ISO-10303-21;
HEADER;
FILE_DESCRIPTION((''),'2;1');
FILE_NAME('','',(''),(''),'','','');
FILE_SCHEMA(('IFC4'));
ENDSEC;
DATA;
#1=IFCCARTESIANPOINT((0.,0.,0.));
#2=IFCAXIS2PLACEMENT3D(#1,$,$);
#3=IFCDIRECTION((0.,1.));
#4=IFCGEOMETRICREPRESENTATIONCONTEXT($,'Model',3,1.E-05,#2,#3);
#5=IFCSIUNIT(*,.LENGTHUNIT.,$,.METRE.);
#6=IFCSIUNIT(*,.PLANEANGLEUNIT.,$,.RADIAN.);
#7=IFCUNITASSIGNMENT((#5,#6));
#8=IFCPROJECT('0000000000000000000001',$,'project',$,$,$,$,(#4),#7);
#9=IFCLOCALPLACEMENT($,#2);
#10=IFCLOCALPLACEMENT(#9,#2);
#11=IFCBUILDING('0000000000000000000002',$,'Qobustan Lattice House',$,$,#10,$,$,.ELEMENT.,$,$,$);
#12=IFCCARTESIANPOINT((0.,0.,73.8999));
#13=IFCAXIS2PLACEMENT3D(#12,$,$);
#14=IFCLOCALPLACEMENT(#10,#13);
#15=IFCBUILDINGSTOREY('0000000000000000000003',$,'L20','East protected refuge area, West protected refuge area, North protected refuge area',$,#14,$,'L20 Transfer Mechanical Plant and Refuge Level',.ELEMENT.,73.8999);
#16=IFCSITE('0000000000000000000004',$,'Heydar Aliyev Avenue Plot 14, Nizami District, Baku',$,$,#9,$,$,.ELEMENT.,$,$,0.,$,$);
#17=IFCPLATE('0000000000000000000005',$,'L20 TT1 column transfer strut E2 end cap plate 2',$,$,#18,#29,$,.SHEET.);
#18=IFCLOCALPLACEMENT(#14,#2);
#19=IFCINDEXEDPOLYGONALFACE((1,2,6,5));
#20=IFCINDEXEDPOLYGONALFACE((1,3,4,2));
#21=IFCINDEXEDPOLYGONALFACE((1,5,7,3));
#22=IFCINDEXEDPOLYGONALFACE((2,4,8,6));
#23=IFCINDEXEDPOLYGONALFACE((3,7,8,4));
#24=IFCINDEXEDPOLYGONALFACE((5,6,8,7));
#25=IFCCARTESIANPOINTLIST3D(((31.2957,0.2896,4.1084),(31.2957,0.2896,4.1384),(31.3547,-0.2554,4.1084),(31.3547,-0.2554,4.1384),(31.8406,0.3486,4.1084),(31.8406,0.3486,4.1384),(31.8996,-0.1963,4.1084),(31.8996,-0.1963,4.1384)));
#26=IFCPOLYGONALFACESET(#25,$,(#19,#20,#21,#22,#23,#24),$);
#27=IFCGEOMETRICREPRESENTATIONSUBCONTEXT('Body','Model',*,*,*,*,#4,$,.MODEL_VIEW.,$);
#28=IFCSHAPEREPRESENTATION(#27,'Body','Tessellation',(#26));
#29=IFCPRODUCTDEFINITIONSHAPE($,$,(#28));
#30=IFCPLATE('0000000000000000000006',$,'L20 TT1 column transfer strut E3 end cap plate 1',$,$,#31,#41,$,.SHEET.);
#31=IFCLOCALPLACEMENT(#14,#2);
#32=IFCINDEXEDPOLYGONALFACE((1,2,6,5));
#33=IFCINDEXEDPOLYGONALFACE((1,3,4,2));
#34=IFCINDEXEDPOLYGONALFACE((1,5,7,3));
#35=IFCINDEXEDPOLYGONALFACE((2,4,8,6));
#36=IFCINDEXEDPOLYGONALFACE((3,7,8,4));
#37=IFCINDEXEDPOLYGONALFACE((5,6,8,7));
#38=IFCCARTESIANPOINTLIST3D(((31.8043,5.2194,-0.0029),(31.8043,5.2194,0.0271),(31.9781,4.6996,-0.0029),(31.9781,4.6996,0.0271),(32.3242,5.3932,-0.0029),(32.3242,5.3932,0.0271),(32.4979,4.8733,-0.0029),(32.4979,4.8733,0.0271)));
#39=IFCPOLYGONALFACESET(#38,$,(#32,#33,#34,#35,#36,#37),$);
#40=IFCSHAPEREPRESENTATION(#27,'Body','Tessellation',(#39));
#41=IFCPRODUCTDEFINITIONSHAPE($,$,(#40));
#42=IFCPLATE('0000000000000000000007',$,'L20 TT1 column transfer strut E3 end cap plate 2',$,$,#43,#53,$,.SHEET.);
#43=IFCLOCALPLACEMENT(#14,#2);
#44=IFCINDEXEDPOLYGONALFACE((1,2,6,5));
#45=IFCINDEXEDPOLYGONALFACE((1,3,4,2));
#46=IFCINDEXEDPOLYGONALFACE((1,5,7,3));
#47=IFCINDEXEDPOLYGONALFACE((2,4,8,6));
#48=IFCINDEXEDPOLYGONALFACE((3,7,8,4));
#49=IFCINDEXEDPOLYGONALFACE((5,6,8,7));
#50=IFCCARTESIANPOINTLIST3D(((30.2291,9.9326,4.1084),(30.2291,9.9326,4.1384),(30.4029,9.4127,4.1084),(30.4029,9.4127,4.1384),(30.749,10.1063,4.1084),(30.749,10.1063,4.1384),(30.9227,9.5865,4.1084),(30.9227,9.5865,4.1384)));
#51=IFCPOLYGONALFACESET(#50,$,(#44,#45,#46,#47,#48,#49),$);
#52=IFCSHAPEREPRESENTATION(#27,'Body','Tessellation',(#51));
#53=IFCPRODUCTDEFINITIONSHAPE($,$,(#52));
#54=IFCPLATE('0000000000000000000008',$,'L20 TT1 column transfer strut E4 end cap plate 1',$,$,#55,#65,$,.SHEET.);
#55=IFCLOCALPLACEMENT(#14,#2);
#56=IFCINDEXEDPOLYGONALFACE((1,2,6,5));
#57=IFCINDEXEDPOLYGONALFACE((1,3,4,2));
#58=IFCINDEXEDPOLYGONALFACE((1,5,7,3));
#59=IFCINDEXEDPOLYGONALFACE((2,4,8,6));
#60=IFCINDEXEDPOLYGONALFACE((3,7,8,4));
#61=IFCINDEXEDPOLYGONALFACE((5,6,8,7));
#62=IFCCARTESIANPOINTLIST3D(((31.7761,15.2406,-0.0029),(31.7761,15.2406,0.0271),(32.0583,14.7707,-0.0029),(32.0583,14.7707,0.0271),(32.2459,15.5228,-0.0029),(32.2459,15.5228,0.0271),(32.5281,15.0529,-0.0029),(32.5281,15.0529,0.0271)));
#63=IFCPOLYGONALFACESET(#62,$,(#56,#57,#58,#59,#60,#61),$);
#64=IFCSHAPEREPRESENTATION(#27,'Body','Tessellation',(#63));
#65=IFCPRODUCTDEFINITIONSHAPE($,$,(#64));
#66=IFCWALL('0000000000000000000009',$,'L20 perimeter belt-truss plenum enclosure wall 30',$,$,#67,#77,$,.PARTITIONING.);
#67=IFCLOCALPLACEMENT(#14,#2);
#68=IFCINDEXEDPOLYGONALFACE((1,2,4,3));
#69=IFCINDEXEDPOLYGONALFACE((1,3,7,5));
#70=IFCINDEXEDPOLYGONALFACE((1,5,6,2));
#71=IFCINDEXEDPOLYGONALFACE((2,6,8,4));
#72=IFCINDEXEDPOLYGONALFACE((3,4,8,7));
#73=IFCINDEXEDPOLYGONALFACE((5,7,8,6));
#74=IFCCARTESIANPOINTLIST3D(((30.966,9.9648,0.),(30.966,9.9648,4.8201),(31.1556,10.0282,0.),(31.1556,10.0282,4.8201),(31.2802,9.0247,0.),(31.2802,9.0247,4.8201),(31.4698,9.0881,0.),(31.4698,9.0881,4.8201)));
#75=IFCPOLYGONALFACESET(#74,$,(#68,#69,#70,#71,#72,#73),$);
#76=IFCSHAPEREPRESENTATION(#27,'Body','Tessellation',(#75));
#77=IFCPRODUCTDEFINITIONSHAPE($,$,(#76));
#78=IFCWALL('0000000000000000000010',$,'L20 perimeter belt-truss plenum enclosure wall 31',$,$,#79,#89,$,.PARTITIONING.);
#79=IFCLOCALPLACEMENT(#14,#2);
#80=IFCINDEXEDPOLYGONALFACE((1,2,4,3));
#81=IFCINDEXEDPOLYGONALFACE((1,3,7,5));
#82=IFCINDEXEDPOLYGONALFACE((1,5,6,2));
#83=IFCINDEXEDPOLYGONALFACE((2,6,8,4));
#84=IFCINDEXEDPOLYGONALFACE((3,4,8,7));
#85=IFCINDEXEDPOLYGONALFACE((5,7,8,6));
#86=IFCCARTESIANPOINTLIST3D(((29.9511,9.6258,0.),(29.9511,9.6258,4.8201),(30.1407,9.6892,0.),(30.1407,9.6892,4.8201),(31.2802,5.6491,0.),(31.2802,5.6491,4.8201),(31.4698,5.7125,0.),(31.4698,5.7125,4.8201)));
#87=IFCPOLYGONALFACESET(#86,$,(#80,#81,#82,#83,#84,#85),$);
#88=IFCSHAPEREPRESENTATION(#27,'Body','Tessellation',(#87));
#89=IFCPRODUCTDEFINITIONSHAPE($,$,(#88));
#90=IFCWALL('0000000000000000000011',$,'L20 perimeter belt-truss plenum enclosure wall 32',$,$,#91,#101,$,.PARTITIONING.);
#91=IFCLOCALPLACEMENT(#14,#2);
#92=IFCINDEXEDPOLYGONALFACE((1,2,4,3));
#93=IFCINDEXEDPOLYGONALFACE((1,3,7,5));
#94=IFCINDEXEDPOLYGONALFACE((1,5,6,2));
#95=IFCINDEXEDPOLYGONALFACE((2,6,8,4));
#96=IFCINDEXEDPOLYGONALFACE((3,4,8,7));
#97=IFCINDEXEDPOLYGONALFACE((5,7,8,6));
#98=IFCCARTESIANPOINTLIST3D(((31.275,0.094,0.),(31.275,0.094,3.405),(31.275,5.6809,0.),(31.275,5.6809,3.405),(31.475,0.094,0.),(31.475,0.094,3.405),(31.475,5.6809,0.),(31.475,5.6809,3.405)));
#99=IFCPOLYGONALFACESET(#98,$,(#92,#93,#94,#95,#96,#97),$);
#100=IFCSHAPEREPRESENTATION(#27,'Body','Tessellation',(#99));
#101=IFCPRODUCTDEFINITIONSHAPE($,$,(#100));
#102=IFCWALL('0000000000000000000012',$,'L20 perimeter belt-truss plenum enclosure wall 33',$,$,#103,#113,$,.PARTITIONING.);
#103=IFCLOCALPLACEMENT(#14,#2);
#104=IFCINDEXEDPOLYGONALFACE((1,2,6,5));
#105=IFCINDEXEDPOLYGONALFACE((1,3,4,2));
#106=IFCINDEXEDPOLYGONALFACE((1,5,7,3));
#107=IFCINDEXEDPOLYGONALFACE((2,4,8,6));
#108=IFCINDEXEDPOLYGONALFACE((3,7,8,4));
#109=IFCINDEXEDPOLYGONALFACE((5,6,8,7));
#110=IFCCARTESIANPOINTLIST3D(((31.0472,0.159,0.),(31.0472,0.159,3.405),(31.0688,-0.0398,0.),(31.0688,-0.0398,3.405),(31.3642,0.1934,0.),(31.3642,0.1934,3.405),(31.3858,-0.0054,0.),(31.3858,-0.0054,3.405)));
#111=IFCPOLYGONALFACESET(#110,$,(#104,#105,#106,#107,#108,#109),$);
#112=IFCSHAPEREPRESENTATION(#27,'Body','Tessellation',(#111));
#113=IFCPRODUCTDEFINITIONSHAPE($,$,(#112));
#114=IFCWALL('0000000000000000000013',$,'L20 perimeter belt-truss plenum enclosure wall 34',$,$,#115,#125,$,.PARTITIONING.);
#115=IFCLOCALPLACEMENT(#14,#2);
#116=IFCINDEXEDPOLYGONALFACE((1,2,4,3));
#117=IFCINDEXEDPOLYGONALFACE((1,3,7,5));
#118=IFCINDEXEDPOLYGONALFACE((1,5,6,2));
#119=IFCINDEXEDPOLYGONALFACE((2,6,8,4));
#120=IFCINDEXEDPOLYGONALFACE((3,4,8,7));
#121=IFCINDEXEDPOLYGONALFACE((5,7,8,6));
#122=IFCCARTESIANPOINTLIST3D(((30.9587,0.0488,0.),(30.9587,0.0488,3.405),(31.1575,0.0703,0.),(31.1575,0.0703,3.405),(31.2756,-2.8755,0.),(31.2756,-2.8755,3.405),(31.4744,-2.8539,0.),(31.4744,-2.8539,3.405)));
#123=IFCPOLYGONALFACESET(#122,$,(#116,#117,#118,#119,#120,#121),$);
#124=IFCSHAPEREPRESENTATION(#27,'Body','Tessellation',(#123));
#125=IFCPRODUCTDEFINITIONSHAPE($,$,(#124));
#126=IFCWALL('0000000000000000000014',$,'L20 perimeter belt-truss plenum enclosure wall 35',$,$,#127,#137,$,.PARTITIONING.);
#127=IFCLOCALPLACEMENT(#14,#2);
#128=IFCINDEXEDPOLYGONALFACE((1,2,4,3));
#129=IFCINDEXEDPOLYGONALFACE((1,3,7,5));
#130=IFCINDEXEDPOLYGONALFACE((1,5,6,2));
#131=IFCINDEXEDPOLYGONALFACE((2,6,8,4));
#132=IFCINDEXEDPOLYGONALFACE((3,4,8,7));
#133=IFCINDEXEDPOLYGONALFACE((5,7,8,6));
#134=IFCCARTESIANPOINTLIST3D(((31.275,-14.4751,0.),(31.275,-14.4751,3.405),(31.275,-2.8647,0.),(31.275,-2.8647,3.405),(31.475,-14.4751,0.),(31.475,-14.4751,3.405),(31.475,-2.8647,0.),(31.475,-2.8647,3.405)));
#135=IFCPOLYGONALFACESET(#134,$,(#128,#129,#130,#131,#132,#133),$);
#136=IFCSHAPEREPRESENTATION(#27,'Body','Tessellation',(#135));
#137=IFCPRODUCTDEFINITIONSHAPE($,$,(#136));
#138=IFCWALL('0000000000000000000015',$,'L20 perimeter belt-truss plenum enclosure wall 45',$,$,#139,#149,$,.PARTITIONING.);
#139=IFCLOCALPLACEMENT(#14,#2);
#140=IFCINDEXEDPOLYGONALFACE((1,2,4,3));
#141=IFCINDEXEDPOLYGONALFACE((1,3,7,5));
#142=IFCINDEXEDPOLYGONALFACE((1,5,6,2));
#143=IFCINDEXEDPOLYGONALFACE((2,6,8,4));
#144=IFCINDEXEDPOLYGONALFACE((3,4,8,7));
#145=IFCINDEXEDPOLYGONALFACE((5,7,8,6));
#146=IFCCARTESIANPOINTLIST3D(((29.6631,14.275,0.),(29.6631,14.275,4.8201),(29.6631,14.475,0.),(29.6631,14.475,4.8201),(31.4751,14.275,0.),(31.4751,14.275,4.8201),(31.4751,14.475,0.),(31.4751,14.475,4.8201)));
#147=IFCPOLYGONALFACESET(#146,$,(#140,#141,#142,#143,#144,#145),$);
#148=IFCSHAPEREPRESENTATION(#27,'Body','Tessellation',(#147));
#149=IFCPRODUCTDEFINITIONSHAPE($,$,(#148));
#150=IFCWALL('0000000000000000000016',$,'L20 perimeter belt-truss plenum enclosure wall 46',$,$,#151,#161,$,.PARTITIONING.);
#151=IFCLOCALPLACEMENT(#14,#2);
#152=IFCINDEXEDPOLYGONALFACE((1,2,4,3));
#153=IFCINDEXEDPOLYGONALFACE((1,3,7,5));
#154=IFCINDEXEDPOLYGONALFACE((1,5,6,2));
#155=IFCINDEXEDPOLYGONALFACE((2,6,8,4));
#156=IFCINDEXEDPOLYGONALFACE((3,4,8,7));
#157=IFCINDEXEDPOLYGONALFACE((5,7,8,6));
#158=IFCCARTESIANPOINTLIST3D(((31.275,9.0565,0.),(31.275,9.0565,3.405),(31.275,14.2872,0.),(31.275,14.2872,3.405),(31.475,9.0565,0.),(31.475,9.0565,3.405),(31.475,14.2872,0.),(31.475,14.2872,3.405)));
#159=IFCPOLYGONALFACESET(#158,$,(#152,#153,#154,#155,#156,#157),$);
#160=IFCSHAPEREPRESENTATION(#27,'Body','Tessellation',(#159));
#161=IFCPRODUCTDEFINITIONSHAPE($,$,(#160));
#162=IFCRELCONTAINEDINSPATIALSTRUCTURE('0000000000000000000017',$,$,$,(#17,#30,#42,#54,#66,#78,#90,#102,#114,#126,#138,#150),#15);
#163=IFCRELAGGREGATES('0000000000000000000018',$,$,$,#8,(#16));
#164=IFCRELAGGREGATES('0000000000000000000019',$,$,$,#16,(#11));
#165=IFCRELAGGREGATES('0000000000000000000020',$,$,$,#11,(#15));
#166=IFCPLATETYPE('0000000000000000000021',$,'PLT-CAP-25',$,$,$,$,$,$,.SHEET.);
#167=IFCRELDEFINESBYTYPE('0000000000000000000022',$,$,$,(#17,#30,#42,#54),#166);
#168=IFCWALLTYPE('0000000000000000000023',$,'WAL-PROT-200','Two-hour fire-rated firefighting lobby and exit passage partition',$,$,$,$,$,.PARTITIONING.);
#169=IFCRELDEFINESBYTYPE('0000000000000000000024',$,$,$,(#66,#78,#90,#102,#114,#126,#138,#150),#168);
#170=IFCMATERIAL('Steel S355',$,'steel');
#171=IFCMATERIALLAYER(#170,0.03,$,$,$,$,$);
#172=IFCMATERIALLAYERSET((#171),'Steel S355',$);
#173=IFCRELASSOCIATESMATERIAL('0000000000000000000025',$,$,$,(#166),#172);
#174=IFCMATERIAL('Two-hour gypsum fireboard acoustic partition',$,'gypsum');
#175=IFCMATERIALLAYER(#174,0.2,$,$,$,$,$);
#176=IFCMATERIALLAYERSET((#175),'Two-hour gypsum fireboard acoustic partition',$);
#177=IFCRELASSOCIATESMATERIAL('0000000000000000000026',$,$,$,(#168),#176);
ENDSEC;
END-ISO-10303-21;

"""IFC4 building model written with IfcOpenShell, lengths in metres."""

from ifc_helpers import new_model, si_unit, direction, frame, frame_2d, origin, origin_2d, place, context, subcontext, project, spatial, rectangle, extrude, material, layer, layer_set, type_object, element, save


model = new_model("IFC4")

# Units and contexts
model_context = context("Model", 3, precision=1e-05, world=origin(), true_north=direction((0.0, 1.0)))
body_context = subcontext(model_context, "Body", "Model", "MODEL_VIEW")
ifc_project = project(units=[si_unit("LENGTHUNIT", "METRE"), si_unit("PLANEANGLEUNIT", "RADIAN")], contexts=[model_context])

# Site, building, storey
site_placement = place(None, origin())
site = spatial("IfcSite", under=ifc_project, at=site_placement, Name="Heydar Aliyev Avenue Plot 14, Nizami District, Baku", CompositionType="ELEMENT", RefElevation=0.0)
building_placement = place(site_placement, origin())
building = spatial("IfcBuilding", under=site, at=building_placement, Name="Qobustan Lattice House", CompositionType="ELEMENT")
storey_placement = place(building_placement, frame((0.0, 0.0, 73.8999)))
storey = spatial("IfcBuildingStorey", under=building, at=storey_placement, Name="L20", Description="East protected refuge area, West protected refuge area, North protected refuge area", LongName="L20 Transfer Mechanical Plant and Refuge Level", CompositionType="ELEMENT", Elevation=73.8999)

# Plates
ifc_material_1 = material(Name="Steel S355", Category="steel")
ifc_layer_1 = layer(ifc_material_1, 0.03)
ifc_layer_set_1 = layer_set([ifc_layer_1], Name="Steel S355")
plate_type = type_object("IfcPlateType", Name="PLT-CAP-25", PredefinedType="SHEET", material=ifc_layer_set_1)
for number, where, z_axis, x_axis, name in (
    (1, (31.5977, 0.0466, 4.1084), (0.0, 0.0, 1.0), (-0.107756, 0.994177, 0.0), "L20 TT1 column transfer strut E2 end cap plate 2"),
    (2, (32.1511, 5.0464, -0.0029), (0.0, 0.0, 1.0), (-0.317007, 0.948423, 0.0), "L20 TT1 column transfer strut E3 end cap plate 1"),
    (3, (30.5759, 9.7595, 4.1084), (0.0, 0.0, 1.0), (-0.317007, 0.948423, 0.0), "L20 TT1 column transfer strut E3 end cap plate 2"),
    (4, (32.1521, 15.1467, -0.0029), (0.0, 0.0, 1.0), (-0.514844, 0.857284, 0.0), "L20 TT1 column transfer strut E4 end cap plate 1"),
):
    element("IfcPlate", number, at=place(storey_placement, frame(where, z_axis=z_axis, x_axis=x_axis)), inside=storey, type_object=plate_type, Name=name, PredefinedType="SHEET", context=body_context, shape_type="SweptSolid", body=[
        extrude(rectangle(XDim=0.5481, YDim=0.5481, at=origin_2d()), origin(), (0.0, 0.0, 1.0), 0.03),
    ])

# Walls
ifc_material_2 = material(Name="Two-hour gypsum fireboard acoustic partition", Category="gypsum")
ifc_layer_2 = layer(ifc_material_2, 0.2)
ifc_layer_set_2 = layer_set([ifc_layer_2], Name="Two-hour gypsum fireboard acoustic partition")
wall_type = type_object("IfcWallType", Name="WAL-PROT-200", Description="Two-hour fire-rated firefighting lobby and exit passage partition", PredefinedType="PARTITIONING", material=ifc_layer_set_2)
wall_1_placement = place(storey_placement, frame((31.375, 9.0564, 0.0), z_axis=(0.0, 0.0, 1.0), x_axis=(-0.316967, 0.948437, 0.0)))
element("IfcWall", 5, at=wall_1_placement, inside=storey, type_object=wall_type, Name="L20 perimeter belt-truss plenum enclosure wall 30", PredefinedType="PARTITIONING", context=body_context, shape_type="SweptSolid", body=[
    extrude(rectangle(XDim=0.9912, YDim=0.2, at=frame_2d((0.4956, 0.0))), origin(), (0.0, 0.0, 1.0), 4.8201),
])
wall_2_placement = place(storey_placement, frame((30.0459, 9.6575, 0.0), z_axis=(0.0, 0.0, 1.0), x_axis=(0.316996, -0.948427, 0.0)))
element("IfcWall", 6, at=wall_2_placement, inside=storey, type_object=wall_type, Name="L20 perimeter belt-truss plenum enclosure wall 31", PredefinedType="PARTITIONING", context=body_context, shape_type="SweptSolid", body=[
    extrude(rectangle(XDim=4.1929, YDim=0.2, at=frame_2d((2.0964, 0.0))), origin(), (0.0, 0.0, 1.0), 4.8201),
])
wall_3_placement = place(storey_placement, frame((31.375, 5.6809, 0.0), z_axis=(0.0, 0.0, 1.0), x_axis=(0.0, -1.0, 0.0)))
element("IfcWall", 7, at=wall_3_placement, inside=storey, type_object=wall_type, Name="L20 perimeter belt-truss plenum enclosure wall 32", PredefinedType="PARTITIONING", context=body_context, shape_type="SweptSolid", body=[
    extrude(rectangle(XDim=5.5869, YDim=0.2, at=frame_2d((2.7935, 0.0))), origin(), (0.0, 0.0, 1.0), 3.405),
])
wall_4_placement = place(storey_placement, frame((31.375, 0.094, 0.0), z_axis=(0.0, 0.0, 1.0), x_axis=(-0.994152, -0.107993, 0.0)))
element("IfcWall", 8, at=wall_4_placement, inside=storey, type_object=wall_type, Name="L20 perimeter belt-truss plenum enclosure wall 33", PredefinedType="PARTITIONING", context=body_context, shape_type="SweptSolid", body=[
    extrude(rectangle(XDim=0.3188, YDim=0.2, at=frame_2d((0.1594, 0.0))), origin(), (0.0, 0.0, 1.0), 3.405),
])
wall_5_placement = place(storey_placement, frame((31.0581, 0.0596, 0.0), z_axis=(0.0, 0.0, 1.0), x_axis=(0.107735, -0.99418, 0.0)))
element("IfcWall", 9, at=wall_5_placement, inside=storey, type_object=wall_type, Name="L20 perimeter belt-truss plenum enclosure wall 34", PredefinedType="PARTITIONING", context=body_context, shape_type="SweptSolid", body=[
    extrude(rectangle(XDim=2.9414, YDim=0.2, at=frame_2d((1.4707, 0.0))), origin(), (0.0, 0.0, 1.0), 3.405),
])
wall_6_placement = place(storey_placement, frame((31.375, -2.8647, 0.0), z_axis=(0.0, 0.0, 1.0), x_axis=(0.0, -1.0, 0.0)))
element("IfcWall", 10, at=wall_6_placement, inside=storey, type_object=wall_type, Name="L20 perimeter belt-truss plenum enclosure wall 35", PredefinedType="PARTITIONING", context=body_context, shape_type="SweptSolid", body=[
    extrude(rectangle(XDim=11.6104, YDim=0.2, at=frame_2d((5.8052, 0.0))), origin(), (0.0, 0.0, 1.0), 3.405),
])
wall_7_placement = place(storey_placement, frame((29.6631, 14.375, 0.0), z_axis=(0.0, 0.0, 1.0), x_axis=(1.0, 0.0, 0.0)))
element("IfcWall", 11, at=wall_7_placement, inside=storey, type_object=wall_type, Name="L20 perimeter belt-truss plenum enclosure wall 45", PredefinedType="PARTITIONING", context=body_context, shape_type="SweptSolid", body=[
    extrude(rectangle(XDim=1.812, YDim=0.2, at=frame_2d((0.906, 0.0))), origin(), (0.0, 0.0, 1.0), 4.8201),
])
wall_8_placement = place(storey_placement, frame((31.375, 14.2871, 0.0), z_axis=(0.0, 0.0, 1.0), x_axis=(0.0, -1.0, 0.0)))
element("IfcWall", 12, at=wall_8_placement, inside=storey, type_object=wall_type, Name="L20 perimeter belt-truss plenum enclosure wall 46", PredefinedType="PARTITIONING", context=body_context, shape_type="SweptSolid", body=[
    extrude(rectangle(XDim=5.2307, YDim=0.2, at=frame_2d((2.6152, 0.0))), origin(), (0.0, 0.0, 1.0), 3.405),
])

save(model, "model.ifc")
